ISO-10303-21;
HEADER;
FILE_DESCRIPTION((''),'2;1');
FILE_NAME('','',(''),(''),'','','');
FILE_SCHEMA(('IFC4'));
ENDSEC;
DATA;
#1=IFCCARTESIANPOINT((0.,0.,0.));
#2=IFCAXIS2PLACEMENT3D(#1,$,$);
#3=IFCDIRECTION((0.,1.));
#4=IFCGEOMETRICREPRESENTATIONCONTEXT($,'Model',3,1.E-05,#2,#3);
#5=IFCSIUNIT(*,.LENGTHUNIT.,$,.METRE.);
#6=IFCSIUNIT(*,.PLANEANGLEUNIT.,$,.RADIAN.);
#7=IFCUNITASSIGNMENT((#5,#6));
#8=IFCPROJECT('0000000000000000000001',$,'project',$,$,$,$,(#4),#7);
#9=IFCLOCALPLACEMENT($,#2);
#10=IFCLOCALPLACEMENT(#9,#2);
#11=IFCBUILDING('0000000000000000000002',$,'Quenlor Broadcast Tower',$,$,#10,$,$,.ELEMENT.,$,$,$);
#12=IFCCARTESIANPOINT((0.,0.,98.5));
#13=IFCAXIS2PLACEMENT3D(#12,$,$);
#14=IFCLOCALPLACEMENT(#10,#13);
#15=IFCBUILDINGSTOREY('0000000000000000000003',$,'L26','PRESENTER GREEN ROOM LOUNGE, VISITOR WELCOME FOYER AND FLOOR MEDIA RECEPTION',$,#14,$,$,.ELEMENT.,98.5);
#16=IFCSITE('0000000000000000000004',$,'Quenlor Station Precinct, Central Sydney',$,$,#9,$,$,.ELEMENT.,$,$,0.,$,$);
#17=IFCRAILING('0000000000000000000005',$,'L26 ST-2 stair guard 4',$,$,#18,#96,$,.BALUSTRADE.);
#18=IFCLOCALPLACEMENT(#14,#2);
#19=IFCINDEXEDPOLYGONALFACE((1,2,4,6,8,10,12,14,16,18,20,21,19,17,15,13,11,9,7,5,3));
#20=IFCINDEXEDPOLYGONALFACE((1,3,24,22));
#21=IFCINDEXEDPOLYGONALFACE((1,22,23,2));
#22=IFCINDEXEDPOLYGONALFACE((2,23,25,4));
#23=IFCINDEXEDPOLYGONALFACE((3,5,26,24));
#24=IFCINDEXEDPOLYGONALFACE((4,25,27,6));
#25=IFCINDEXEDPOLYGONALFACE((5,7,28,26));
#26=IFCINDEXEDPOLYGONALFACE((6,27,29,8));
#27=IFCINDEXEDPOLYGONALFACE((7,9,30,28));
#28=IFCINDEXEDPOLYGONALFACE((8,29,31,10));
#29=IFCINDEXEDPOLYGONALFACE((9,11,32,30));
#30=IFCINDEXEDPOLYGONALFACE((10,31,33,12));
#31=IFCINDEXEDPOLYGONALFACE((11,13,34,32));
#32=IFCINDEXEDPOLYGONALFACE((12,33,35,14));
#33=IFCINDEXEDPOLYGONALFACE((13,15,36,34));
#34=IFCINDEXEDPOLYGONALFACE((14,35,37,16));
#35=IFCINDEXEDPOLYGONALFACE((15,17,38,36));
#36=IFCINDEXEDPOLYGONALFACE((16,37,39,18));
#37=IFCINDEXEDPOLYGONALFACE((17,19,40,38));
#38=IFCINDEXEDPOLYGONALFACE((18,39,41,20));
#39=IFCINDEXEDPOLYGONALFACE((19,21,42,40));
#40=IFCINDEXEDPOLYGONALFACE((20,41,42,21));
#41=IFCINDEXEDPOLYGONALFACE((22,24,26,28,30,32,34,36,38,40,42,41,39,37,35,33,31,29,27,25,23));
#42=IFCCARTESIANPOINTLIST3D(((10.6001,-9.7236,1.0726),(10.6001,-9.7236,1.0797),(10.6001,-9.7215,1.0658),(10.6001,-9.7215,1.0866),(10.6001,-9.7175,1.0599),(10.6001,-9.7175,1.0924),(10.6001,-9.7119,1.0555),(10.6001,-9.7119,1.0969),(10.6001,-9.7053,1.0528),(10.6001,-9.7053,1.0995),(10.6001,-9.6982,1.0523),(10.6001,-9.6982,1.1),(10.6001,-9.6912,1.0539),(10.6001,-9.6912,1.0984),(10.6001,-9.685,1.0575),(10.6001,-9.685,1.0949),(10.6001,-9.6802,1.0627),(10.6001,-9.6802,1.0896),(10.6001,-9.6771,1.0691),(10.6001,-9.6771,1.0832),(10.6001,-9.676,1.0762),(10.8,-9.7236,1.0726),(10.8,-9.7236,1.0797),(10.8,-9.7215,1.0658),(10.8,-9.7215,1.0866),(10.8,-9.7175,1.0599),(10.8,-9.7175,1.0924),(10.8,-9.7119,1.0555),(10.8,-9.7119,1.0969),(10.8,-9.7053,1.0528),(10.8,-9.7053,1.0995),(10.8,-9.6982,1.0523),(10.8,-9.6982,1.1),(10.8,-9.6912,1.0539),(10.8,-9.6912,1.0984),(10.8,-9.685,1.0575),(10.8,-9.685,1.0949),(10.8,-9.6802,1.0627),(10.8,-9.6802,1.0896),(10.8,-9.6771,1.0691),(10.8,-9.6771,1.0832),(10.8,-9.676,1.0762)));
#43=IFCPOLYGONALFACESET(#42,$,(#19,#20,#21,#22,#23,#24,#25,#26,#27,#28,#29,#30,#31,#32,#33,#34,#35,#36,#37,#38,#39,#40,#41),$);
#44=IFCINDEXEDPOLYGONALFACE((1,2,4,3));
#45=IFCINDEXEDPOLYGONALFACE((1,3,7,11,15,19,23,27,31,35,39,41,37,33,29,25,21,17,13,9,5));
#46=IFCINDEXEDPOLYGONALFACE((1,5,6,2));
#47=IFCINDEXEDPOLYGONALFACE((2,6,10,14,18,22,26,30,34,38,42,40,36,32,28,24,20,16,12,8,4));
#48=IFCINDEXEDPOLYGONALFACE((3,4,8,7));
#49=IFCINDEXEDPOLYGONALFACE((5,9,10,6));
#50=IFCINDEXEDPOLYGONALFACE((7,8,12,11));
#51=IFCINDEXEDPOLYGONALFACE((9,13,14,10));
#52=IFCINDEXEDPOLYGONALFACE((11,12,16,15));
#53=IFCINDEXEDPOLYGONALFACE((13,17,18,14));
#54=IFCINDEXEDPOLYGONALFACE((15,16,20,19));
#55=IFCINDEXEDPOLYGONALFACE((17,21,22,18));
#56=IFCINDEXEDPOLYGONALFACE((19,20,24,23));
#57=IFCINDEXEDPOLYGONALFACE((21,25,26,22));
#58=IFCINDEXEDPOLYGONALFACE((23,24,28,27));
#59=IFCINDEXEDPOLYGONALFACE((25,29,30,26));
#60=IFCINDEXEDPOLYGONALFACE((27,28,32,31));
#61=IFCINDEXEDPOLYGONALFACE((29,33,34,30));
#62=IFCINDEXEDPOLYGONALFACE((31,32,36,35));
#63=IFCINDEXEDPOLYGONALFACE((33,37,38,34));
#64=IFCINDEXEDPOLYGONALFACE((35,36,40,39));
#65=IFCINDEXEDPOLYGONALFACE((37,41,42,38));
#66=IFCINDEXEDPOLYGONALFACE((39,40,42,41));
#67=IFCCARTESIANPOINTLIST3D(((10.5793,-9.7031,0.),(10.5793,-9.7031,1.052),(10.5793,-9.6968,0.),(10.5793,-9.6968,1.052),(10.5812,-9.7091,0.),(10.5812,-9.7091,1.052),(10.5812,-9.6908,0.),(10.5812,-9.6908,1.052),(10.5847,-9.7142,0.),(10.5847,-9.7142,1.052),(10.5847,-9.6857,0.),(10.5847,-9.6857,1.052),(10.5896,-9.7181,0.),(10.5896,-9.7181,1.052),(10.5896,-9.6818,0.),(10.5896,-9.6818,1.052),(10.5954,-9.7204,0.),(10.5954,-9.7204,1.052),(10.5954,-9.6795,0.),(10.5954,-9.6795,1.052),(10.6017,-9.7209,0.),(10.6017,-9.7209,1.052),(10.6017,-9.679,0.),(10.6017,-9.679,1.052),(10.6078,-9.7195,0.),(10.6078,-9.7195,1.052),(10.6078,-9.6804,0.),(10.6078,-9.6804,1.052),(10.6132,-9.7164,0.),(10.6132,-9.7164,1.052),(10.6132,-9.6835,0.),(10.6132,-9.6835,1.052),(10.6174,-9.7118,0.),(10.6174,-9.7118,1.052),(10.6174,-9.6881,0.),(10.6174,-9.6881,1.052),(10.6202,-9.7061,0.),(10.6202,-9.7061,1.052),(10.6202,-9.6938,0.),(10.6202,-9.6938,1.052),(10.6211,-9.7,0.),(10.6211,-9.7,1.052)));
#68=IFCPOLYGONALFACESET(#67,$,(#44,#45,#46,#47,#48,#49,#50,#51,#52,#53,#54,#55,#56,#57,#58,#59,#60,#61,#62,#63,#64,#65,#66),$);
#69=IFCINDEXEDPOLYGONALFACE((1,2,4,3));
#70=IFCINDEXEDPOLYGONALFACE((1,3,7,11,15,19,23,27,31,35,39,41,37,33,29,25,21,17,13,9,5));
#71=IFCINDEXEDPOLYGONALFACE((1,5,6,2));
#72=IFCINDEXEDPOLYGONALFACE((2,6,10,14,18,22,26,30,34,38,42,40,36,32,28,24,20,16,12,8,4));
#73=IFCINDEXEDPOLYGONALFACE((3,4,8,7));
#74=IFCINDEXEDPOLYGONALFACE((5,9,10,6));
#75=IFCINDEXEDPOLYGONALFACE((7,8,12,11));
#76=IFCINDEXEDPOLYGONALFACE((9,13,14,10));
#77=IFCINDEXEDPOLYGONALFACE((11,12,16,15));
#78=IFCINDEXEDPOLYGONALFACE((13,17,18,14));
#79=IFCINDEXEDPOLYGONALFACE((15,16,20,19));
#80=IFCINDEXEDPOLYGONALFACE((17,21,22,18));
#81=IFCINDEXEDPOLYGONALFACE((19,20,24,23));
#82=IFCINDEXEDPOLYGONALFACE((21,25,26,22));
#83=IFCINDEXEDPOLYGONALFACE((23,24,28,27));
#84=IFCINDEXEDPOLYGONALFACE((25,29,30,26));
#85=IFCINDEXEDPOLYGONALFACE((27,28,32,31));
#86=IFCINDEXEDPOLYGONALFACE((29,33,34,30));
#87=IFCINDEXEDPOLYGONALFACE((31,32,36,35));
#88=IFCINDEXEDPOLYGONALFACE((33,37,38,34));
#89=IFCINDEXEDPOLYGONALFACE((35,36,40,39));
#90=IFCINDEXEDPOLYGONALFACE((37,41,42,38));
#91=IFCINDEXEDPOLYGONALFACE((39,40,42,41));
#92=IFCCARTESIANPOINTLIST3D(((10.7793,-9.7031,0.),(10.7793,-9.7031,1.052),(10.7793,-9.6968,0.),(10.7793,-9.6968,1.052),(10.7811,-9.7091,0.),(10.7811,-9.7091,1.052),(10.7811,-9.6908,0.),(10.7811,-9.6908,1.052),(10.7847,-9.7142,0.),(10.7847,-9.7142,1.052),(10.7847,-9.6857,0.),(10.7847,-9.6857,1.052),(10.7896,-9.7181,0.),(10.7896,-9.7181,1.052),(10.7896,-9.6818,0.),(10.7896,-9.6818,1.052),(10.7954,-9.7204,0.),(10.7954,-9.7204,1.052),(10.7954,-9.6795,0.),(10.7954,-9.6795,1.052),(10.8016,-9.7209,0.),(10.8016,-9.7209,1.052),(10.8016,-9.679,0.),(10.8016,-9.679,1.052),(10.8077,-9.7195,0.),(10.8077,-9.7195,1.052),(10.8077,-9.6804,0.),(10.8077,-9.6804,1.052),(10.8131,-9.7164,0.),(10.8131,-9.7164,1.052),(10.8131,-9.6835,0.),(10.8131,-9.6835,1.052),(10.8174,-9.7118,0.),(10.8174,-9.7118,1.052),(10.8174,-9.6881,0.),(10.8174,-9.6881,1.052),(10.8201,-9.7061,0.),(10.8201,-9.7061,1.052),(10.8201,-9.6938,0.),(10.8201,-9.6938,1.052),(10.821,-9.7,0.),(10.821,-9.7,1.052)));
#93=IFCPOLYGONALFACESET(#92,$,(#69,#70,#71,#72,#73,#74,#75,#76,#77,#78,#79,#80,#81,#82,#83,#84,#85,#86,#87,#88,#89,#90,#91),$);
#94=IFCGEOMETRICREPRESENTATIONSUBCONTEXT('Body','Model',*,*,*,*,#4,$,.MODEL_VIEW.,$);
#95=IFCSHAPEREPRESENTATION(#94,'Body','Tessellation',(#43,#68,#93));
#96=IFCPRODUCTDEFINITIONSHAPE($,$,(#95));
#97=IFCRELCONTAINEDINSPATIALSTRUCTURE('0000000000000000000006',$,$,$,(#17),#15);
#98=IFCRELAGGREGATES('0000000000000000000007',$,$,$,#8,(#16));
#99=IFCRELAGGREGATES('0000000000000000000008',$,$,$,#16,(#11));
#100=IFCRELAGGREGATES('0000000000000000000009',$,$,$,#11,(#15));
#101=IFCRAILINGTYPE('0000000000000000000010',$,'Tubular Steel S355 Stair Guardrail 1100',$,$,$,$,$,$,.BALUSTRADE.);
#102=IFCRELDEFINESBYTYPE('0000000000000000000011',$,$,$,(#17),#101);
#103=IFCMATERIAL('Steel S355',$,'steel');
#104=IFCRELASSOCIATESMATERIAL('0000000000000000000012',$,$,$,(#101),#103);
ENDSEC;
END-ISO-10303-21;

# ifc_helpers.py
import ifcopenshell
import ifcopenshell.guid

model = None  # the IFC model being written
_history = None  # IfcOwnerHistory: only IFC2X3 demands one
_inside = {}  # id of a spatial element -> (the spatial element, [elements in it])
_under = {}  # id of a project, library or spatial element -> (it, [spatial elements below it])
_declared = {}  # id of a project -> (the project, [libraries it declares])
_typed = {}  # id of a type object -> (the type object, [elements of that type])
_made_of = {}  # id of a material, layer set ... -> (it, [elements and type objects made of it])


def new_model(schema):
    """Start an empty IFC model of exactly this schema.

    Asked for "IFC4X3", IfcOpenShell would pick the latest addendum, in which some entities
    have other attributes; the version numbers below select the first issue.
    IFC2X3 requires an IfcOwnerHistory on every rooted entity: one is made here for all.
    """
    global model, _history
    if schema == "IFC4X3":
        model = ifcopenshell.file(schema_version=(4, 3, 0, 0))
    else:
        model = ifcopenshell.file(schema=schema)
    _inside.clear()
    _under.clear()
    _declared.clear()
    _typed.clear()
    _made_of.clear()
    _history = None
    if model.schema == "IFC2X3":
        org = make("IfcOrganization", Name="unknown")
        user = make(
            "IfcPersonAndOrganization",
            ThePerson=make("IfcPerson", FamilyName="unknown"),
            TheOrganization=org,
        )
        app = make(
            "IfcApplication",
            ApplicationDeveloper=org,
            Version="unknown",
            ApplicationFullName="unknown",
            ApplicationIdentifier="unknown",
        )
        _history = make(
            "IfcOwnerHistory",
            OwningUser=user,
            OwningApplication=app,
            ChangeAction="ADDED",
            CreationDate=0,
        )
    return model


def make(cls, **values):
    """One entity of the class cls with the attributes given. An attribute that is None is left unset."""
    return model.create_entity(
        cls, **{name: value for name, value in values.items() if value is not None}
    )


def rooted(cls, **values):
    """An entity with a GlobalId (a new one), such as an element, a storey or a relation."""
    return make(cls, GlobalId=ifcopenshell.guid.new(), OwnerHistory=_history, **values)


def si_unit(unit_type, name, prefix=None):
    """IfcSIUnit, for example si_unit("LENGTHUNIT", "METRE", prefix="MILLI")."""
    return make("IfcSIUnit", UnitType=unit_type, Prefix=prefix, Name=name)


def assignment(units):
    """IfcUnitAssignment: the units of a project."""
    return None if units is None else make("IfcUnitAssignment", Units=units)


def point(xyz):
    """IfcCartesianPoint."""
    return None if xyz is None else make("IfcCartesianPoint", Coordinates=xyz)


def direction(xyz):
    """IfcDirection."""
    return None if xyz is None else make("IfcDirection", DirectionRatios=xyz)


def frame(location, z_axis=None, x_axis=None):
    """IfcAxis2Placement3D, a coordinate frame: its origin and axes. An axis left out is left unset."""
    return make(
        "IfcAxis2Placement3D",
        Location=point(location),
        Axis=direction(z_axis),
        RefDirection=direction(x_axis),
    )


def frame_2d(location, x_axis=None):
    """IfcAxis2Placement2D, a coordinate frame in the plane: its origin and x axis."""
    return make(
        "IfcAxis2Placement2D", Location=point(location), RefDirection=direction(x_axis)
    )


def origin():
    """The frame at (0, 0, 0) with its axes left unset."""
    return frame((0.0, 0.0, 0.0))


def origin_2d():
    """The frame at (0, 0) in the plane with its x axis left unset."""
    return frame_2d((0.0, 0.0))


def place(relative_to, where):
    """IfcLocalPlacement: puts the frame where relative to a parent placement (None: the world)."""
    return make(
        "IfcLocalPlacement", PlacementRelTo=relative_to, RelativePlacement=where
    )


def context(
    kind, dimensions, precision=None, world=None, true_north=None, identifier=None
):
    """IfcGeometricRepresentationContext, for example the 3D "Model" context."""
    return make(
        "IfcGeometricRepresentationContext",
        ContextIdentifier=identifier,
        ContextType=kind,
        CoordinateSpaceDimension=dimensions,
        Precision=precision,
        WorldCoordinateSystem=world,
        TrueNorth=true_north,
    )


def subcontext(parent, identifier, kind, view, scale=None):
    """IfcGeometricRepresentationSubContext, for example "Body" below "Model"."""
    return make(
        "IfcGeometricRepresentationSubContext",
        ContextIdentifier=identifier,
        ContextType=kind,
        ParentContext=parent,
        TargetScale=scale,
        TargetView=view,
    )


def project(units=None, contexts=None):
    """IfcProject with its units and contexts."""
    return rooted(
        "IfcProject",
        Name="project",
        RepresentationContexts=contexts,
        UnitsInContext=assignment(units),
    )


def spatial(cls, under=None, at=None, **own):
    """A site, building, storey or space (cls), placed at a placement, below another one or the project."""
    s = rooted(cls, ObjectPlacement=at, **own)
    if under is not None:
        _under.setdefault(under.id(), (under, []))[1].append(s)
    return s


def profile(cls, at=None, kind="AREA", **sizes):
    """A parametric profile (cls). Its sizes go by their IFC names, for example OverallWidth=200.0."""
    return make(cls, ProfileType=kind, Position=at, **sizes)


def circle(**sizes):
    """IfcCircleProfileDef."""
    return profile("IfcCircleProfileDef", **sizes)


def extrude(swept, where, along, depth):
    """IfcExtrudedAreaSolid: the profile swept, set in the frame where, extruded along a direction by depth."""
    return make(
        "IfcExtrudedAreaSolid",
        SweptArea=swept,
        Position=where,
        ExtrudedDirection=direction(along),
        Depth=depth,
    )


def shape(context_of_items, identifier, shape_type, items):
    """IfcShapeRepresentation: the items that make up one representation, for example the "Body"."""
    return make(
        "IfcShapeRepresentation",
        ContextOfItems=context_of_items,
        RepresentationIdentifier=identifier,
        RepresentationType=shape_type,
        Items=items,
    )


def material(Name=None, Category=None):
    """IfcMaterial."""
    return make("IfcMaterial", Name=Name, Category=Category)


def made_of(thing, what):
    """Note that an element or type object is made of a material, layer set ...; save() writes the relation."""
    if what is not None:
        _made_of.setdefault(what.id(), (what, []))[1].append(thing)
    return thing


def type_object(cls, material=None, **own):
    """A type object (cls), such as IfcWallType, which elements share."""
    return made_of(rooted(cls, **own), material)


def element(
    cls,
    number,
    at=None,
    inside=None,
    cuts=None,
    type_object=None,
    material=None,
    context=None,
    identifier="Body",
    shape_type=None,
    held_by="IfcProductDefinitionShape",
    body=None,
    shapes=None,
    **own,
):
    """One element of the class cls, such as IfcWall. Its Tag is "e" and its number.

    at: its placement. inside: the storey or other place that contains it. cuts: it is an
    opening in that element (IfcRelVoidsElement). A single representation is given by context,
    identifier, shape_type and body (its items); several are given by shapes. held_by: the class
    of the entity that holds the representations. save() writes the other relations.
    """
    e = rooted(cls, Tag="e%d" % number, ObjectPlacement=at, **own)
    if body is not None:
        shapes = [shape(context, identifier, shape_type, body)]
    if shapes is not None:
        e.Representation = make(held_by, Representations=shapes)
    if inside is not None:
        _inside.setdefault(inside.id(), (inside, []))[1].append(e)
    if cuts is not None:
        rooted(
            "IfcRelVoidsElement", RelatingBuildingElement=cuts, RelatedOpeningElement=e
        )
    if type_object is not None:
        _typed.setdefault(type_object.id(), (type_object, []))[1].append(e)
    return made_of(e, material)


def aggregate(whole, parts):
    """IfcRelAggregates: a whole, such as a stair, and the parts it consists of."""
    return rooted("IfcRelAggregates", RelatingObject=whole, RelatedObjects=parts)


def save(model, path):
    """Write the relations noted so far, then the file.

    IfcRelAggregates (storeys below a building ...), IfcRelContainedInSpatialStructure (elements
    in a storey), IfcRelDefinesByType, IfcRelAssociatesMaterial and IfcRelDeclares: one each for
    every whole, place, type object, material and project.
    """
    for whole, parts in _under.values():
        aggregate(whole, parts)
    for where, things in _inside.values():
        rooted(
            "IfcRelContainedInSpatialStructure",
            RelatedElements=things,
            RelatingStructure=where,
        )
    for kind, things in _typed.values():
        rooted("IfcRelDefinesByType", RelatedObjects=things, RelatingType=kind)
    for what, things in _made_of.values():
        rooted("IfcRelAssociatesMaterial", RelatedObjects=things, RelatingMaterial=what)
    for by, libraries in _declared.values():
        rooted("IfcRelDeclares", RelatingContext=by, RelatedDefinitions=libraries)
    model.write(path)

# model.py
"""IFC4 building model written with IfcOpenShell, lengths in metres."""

from ifc_helpers import new_model, si_unit, direction, frame, origin, origin_2d, place, context, subcontext, project, spatial, circle, extrude, material, type_object, element, save


model = new_model("IFC4")

# Units and contexts
model_context = context("Model", 3, precision=1e-05, world=origin(), true_north=direction((0.0, 1.0)))
body_context = subcontext(model_context, "Body", "Model", "MODEL_VIEW")
ifc_project = project(units=[si_unit("LENGTHUNIT", "METRE"), si_unit("PLANEANGLEUNIT", "RADIAN")], contexts=[model_context])

# Site, building, storey
site_placement = place(None, origin())
site = spatial("IfcSite", under=ifc_project, at=site_placement, Name="Quenlor Station Precinct, Central Sydney", CompositionType="ELEMENT", RefElevation=0.0)
building_placement = place(site_placement, origin())
building = spatial("IfcBuilding", under=site, at=building_placement, Name="Quenlor Broadcast Tower", CompositionType="ELEMENT")
storey_placement = place(building_placement, frame((0.0, 0.0, 98.5)))
storey = spatial("IfcBuildingStorey", under=building, at=storey_placement, Name="L26", Description="PRESENTER GREEN ROOM LOUNGE, VISITOR WELCOME FOYER AND FLOOR MEDIA RECEPTION", CompositionType="ELEMENT", Elevation=98.5)

# Railing
ifc_material_1 = material(Name="Steel S355", Category="steel")
railing_type_1 = type_object("IfcRailingType", Name="Tubular Steel S355 Stair Guardrail 1100", PredefinedType="BALUSTRADE", material=ifc_material_1)
railing_1_placement = place(storey_placement, frame((10.6001, -9.7, 0.0)))
element("IfcRailing", 1, at=railing_1_placement, inside=storey, type_object=railing_type_1, Name="L26 ST-2 stair guard 4", PredefinedType="BALUSTRADE", context=body_context, shape_type="SweptSolid", body=[
    extrude(circle(Radius=0.0239, at=origin_2d()), frame((0.0, 0.0, 1.0762), z_axis=(1.0, 0.0, 0.0), x_axis=(0.0, 1.0, 0.0)), (0.0, 0.0, 1.0), 0.2),
    extrude(circle(Radius=0.021, at=origin_2d()), origin(), (0.0, 0.0, 1.0), 1.052),
    extrude(circle(Radius=0.021, at=origin_2d()), frame((0.2, 0.0, 0.0)), (0.0, 0.0, 1.0), 1.052),
])

save(model, "model.ifc")
